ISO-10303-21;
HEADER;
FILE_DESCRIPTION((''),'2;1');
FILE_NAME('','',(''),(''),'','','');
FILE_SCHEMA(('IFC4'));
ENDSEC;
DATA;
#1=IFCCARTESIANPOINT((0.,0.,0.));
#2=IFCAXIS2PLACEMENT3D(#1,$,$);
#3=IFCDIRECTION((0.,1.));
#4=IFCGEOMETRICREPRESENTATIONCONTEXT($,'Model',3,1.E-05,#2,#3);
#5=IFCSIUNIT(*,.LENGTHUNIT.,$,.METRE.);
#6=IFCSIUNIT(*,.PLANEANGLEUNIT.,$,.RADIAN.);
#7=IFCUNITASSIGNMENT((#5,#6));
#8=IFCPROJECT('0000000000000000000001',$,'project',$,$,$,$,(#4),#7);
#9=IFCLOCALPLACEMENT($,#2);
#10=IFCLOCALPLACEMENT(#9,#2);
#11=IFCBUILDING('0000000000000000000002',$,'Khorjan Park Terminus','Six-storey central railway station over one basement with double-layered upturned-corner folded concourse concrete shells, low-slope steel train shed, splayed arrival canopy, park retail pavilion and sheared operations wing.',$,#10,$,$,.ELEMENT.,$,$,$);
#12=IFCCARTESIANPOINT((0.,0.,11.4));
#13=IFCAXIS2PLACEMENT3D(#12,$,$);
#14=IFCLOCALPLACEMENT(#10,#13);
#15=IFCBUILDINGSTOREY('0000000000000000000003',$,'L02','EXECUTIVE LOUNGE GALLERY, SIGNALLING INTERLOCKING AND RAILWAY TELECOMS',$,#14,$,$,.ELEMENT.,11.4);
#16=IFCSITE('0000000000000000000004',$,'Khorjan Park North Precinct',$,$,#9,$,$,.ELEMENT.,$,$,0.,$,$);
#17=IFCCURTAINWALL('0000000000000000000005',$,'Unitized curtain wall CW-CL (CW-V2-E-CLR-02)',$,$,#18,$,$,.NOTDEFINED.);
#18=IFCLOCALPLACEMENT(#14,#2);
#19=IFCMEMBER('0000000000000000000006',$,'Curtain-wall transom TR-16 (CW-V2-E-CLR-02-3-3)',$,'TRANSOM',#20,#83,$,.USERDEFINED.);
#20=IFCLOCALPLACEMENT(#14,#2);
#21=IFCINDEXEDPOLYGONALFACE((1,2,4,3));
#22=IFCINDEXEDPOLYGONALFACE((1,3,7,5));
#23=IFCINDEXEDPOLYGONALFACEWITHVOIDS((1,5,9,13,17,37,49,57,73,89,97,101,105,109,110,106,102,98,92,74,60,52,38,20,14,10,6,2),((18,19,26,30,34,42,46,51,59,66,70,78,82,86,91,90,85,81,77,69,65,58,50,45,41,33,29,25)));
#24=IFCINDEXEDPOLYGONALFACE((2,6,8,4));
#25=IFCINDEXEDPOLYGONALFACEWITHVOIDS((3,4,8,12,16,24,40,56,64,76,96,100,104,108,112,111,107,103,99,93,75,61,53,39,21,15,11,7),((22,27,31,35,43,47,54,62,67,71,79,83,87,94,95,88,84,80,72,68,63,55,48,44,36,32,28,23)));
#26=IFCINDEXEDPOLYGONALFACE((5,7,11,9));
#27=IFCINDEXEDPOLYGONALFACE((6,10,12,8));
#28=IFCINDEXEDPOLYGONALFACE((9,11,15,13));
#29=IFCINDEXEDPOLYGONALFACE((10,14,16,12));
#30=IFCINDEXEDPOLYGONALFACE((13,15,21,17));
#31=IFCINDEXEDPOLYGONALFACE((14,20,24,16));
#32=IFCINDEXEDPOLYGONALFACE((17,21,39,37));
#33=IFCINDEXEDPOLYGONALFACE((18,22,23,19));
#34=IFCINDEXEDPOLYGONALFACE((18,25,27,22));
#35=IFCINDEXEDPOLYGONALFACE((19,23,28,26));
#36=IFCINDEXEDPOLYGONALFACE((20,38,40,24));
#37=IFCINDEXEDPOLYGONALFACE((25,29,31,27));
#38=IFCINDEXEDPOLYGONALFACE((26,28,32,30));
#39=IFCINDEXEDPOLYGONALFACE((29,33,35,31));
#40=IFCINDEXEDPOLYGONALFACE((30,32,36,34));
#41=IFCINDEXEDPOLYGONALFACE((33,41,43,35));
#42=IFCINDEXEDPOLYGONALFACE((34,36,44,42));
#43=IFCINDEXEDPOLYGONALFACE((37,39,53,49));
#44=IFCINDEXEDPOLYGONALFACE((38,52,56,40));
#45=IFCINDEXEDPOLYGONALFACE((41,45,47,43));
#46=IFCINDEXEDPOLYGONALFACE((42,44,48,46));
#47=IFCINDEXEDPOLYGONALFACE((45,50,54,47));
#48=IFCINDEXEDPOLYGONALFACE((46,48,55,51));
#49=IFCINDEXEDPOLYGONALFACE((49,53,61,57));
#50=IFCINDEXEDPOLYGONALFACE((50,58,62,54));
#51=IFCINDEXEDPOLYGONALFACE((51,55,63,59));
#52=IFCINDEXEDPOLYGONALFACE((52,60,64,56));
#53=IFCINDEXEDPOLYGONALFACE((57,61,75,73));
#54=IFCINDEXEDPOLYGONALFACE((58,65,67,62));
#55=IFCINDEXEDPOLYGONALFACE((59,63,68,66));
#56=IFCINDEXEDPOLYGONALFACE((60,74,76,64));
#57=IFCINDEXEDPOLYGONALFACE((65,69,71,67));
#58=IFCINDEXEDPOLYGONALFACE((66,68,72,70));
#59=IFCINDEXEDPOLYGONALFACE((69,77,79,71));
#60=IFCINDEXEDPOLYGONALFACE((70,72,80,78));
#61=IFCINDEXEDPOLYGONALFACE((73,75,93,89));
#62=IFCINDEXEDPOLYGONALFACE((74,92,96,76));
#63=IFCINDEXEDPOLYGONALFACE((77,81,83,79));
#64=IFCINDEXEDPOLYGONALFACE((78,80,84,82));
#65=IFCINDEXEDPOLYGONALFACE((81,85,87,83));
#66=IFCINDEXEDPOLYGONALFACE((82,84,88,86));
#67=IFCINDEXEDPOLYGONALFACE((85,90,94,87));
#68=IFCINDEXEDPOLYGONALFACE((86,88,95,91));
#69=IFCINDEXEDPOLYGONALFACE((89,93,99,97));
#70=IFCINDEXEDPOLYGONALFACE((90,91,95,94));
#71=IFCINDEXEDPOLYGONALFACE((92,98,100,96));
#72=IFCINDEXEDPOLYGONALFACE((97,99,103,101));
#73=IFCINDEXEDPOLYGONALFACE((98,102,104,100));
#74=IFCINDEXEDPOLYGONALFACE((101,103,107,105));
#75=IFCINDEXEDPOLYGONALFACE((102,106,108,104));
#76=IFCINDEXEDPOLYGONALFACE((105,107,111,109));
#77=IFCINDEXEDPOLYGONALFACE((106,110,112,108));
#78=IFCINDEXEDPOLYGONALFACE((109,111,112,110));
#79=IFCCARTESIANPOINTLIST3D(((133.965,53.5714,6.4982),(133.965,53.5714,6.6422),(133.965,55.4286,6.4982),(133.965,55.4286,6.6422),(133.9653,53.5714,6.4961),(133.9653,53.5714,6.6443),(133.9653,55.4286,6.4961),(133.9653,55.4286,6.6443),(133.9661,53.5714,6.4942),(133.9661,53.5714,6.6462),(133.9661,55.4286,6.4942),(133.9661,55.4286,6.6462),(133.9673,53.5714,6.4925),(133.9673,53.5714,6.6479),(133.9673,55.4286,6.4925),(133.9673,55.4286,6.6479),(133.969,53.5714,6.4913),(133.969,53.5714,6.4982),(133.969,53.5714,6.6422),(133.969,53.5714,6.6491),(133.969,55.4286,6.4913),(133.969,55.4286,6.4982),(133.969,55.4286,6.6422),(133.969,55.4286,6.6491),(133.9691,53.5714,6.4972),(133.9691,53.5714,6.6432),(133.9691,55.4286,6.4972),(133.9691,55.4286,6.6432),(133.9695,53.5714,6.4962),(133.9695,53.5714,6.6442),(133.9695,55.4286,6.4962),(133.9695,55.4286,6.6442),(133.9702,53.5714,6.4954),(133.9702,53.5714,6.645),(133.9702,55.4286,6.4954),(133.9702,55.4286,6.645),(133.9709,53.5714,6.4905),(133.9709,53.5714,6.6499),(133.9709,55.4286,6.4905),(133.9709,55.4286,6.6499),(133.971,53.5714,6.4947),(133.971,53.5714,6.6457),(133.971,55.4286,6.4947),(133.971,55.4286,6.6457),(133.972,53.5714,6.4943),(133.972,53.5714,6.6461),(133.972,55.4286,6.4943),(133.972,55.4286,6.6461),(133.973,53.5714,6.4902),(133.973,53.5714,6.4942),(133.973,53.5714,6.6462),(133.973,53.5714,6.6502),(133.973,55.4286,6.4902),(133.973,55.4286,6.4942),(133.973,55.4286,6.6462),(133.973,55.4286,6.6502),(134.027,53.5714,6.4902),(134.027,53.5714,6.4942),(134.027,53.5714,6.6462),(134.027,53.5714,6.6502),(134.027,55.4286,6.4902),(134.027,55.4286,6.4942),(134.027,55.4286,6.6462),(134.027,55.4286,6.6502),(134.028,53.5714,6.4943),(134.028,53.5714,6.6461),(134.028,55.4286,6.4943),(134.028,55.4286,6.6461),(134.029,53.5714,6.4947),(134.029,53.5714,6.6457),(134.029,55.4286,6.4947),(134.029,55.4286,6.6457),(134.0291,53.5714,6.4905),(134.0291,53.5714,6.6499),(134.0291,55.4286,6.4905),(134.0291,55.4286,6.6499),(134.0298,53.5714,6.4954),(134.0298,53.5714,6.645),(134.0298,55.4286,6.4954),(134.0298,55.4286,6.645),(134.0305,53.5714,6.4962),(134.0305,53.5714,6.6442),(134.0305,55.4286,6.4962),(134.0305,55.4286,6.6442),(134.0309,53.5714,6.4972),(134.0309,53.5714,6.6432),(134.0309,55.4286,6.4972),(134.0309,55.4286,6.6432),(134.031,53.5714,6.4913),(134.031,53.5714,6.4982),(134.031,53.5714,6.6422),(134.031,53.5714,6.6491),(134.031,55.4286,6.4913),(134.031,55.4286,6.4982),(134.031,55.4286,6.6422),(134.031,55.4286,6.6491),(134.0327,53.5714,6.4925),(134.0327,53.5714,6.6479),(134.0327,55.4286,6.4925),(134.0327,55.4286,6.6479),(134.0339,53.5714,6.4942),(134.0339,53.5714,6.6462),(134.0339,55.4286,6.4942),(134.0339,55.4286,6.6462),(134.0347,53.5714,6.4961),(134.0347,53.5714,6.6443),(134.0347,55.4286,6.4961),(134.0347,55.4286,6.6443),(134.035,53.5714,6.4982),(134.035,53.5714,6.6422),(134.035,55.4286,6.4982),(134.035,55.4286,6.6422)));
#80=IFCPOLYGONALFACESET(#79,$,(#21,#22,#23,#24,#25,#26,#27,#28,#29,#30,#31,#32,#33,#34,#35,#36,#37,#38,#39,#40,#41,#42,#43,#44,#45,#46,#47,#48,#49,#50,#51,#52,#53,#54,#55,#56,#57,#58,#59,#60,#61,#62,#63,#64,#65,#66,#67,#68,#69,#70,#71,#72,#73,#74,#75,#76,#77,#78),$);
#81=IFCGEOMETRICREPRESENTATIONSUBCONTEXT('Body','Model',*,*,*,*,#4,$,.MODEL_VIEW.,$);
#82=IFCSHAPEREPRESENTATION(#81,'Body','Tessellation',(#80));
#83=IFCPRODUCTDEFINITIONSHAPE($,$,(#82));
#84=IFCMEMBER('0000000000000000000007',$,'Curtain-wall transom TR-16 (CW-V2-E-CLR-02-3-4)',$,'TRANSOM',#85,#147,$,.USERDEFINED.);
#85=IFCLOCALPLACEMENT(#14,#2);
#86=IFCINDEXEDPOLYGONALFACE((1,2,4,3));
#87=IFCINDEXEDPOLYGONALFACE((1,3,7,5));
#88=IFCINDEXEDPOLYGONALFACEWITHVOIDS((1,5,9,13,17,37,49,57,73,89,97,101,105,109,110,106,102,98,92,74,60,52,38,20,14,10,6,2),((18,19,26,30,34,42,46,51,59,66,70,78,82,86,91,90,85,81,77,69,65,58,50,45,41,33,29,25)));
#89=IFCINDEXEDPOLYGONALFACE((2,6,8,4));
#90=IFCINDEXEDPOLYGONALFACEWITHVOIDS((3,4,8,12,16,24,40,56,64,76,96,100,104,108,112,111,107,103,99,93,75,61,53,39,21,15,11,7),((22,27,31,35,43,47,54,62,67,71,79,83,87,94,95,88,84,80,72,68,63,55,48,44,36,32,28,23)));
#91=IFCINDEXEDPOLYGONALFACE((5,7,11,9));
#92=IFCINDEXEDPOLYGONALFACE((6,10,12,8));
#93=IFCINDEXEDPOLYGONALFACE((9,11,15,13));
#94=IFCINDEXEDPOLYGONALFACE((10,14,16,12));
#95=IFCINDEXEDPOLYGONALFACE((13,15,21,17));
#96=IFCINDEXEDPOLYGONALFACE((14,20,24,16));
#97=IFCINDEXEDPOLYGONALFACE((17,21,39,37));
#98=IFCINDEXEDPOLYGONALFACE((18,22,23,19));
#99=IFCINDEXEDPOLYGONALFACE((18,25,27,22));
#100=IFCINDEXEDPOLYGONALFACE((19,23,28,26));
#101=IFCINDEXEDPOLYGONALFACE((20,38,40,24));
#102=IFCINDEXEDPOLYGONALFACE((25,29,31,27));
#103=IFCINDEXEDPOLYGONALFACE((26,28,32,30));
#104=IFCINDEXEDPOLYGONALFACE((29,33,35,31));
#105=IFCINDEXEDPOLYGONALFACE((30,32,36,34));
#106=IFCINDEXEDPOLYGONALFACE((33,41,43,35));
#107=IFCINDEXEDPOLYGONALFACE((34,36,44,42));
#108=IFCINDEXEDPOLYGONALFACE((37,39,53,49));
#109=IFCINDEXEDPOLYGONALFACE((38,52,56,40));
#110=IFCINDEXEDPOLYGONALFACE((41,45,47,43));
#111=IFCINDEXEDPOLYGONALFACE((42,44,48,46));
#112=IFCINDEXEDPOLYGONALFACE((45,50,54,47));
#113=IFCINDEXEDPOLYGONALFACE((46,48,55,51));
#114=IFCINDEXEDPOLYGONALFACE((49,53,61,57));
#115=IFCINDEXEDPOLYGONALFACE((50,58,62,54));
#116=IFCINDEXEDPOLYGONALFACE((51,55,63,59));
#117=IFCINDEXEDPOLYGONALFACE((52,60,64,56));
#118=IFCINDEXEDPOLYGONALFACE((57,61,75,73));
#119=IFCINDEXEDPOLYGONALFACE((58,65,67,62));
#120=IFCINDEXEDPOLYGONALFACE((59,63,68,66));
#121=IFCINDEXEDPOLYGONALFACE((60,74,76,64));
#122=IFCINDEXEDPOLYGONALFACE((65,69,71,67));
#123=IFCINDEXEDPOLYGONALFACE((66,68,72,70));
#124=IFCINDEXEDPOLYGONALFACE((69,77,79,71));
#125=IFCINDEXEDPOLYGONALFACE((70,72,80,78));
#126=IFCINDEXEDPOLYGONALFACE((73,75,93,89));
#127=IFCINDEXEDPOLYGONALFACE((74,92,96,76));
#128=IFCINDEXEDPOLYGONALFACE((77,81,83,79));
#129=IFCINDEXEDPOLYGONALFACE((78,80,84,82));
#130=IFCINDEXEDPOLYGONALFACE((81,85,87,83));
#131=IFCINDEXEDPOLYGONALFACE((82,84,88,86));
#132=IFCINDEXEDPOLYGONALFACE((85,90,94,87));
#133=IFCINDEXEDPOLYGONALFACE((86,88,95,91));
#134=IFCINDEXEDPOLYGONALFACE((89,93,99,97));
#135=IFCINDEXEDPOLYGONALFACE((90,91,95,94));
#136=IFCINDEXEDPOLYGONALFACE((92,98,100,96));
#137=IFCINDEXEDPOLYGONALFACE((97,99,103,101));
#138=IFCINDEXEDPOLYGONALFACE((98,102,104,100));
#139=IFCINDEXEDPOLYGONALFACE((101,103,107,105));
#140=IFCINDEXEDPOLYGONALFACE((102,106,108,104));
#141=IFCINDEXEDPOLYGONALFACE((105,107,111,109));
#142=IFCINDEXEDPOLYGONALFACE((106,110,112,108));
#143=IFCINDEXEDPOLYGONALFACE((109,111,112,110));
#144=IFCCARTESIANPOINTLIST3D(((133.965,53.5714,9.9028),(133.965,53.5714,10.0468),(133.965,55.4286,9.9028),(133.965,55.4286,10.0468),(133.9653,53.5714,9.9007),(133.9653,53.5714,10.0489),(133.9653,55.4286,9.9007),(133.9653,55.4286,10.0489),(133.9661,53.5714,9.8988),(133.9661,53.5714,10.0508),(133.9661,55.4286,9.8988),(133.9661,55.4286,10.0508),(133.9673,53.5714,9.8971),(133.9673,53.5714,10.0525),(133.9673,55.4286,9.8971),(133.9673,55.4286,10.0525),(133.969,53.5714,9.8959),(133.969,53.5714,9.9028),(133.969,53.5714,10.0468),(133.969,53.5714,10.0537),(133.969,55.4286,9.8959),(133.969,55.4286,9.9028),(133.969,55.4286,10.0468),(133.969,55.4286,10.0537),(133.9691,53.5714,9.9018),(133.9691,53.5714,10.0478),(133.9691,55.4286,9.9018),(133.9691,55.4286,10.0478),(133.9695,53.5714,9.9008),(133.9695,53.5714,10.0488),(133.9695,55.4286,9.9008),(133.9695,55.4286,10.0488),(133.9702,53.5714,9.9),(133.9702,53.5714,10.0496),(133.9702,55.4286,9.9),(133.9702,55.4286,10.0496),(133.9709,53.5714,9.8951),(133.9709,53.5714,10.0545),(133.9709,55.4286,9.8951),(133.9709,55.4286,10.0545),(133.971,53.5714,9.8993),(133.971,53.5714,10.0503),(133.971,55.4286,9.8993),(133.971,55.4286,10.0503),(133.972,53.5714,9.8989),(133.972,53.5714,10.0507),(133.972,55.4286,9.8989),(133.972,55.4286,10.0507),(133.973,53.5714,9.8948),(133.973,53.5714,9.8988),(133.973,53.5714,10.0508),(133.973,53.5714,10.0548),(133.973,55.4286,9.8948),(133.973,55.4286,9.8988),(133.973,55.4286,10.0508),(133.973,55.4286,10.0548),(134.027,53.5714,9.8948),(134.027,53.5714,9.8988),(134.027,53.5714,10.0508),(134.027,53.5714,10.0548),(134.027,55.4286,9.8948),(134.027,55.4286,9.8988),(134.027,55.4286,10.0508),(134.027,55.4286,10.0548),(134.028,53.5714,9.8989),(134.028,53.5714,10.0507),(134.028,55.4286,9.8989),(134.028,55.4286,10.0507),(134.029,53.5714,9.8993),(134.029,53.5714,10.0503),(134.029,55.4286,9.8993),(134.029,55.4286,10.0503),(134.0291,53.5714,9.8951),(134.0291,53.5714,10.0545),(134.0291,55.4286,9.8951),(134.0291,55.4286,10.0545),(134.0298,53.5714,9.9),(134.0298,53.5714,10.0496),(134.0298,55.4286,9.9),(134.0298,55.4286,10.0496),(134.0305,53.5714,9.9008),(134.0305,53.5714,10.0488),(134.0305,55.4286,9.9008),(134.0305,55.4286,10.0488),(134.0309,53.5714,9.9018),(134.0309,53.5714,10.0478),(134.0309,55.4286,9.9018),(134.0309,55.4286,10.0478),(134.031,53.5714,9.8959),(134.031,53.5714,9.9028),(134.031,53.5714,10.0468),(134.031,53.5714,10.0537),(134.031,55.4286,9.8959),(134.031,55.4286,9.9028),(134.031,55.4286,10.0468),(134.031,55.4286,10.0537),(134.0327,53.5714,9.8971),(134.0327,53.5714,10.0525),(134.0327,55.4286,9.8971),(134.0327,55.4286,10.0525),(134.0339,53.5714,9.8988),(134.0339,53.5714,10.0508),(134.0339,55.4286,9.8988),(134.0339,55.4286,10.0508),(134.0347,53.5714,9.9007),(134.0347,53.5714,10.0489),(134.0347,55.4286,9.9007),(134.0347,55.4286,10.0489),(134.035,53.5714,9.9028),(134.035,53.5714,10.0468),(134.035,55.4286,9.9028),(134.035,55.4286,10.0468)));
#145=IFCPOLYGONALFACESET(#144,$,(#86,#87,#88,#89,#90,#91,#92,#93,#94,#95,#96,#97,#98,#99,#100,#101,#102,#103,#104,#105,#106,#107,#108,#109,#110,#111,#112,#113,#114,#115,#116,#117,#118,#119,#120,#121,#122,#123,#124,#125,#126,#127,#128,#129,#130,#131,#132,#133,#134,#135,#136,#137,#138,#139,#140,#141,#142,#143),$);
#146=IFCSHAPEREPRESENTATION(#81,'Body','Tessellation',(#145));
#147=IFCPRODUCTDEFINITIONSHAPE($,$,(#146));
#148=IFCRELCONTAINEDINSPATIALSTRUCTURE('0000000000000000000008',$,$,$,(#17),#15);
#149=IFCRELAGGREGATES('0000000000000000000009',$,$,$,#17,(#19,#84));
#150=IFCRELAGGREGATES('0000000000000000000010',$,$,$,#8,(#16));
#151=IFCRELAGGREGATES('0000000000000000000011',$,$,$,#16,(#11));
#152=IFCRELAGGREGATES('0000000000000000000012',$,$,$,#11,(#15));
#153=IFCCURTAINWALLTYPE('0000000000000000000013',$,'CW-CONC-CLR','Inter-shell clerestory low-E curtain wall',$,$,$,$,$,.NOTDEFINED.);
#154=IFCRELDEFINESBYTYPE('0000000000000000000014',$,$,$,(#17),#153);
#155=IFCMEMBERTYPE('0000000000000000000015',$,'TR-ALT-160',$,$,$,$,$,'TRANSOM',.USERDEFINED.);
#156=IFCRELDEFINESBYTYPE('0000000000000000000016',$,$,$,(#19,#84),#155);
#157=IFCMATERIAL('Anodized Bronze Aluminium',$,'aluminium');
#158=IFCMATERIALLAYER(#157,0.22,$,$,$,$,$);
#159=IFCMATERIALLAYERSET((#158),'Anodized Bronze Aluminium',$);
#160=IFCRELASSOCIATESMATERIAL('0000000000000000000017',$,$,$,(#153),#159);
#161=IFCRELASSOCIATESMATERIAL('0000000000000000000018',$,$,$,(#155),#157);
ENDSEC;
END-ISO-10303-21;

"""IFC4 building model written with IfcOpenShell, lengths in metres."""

from ifc_helpers import new_model, si_unit, direction, frame, origin, origin_2d, place, context, subcontext, project, spatial, hollow_rectangle, extrude, material, layer, layer_set, material_profile, profile_set, type_object, element, aggregate, save


model = new_model("IFC4")

# Units and contexts
model_context = context("Model", 3, precision=1e-05, world=origin(), true_north=direction((0.0, 1.0)))
body_context = subcontext(model_context, "Body", "Model", "MODEL_VIEW")
ifc_project = project(units=[si_unit("LENGTHUNIT", "METRE"), si_unit("PLANEANGLEUNIT", "RADIAN")], contexts=[model_context])

# Site, building, storey
site_placement = place(None, origin())
site = spatial("IfcSite", under=ifc_project, at=site_placement, Name="Khorjan Park North Precinct", CompositionType="ELEMENT", RefElevation=0.0)
building_placement = place(site_placement, origin())
building = spatial("IfcBuilding", under=site, at=building_placement, Name="Khorjan Park Terminus", Description="Six-storey central railway station over one basement with double-layered upturned-corner folded concourse concrete shells, low-slope steel train shed, splayed arrival canopy, park retail pavilion and sheared operations wing.", CompositionType="ELEMENT")
storey_placement = place(building_placement, frame((0.0, 0.0, 11.4)))
storey = spatial("IfcBuildingStorey", under=building, at=storey_placement, Name="L02", Description="EXECUTIVE LOUNGE GALLERY, SIGNALLING INTERLOCKING AND RAILWAY TELECOMS", CompositionType="ELEMENT", Elevation=11.4)

# Curtain wall, members
ifc_material_1 = material(Name="Anodized Bronze Aluminium", Category="aluminium")
ifc_layer_1 = layer(ifc_material_1, 0.22)
ifc_layer_set_1 = layer_set([ifc_layer_1], Name="Anodized Bronze Aluminium")
curtain_wall_type = type_object("IfcCurtainWallType", Name="CW-CONC-CLR", Description="Inter-shell clerestory low-E curtain wall", PredefinedType="NOTDEFINED", material=ifc_layer_set_1)
curtain_wall_placement = place(storey_placement, origin())
curtain_wall = element("IfcCurtainWall", 1, at=curtain_wall_placement, inside=storey, type_object=curtain_wall_type, Name="Unitized curtain wall CW-CL (CW-V2-E-CLR-02)", PredefinedType="NOTDEFINED")
ifc_material_profile_1 = material_profile(ifc_material_1, hollow_rectangle(XDim=0.07, YDim=0.16, WallThickness=0.004, InnerFilletRadius=0.004, OuterFilletRadius=0.008, at=origin_2d()), Name="ALT 70x160x4")
ifc_profile_set_1 = profile_set([ifc_material_profile_1], Name="Anodized Bronze Aluminium")
member_type_1 = type_object("IfcMemberType", Name="TR-ALT-160", ElementType="TRANSOM", PredefinedType="USERDEFINED", material=ifc_profile_set_1)
member_1_placement = place(storey_placement, frame((134.0, 53.5714, 6.5702), z_axis=(0.0, 1.0, 0.0), x_axis=(-1.0, 0.0, 0.0)))
member_1 = element("IfcMember", 2, at=member_1_placement, type_object=member_type_1, Name="Curtain-wall transom TR-16 (CW-V2-E-CLR-02-3-3)", ObjectType="TRANSOM", PredefinedType="USERDEFINED", context=body_context, shape_type="SweptSolid", body=[
    extrude(hollow_rectangle(XDim=0.07, YDim=0.16, WallThickness=0.004, InnerFilletRadius=0.004, OuterFilletRadius=0.008, at=origin_2d()), origin(), (0.0, 0.0, 1.0), 1.8572),
])
member_2_placement = place(storey_placement, frame((134.0, 53.5714, 9.9748), z_axis=(0.0, 1.0, 0.0), x_axis=(-1.0, 0.0, 0.0)))
member_2 = element("IfcMember", 3, at=member_2_placement, type_object=member_type_1, Name="Curtain-wall transom TR-16 (CW-V2-E-CLR-02-3-4)", ObjectType="TRANSOM", PredefinedType="USERDEFINED", context=body_context, shape_type="SweptSolid", body=[
    extrude(hollow_rectangle(XDim=0.07, YDim=0.16, WallThickness=0.004, InnerFilletRadius=0.004, OuterFilletRadius=0.008, at=origin_2d()), origin(), (0.0, 0.0, 1.0), 1.8572),
])
aggregate(curtain_wall, [member_1, member_2])

save(model, "model.ifc")
